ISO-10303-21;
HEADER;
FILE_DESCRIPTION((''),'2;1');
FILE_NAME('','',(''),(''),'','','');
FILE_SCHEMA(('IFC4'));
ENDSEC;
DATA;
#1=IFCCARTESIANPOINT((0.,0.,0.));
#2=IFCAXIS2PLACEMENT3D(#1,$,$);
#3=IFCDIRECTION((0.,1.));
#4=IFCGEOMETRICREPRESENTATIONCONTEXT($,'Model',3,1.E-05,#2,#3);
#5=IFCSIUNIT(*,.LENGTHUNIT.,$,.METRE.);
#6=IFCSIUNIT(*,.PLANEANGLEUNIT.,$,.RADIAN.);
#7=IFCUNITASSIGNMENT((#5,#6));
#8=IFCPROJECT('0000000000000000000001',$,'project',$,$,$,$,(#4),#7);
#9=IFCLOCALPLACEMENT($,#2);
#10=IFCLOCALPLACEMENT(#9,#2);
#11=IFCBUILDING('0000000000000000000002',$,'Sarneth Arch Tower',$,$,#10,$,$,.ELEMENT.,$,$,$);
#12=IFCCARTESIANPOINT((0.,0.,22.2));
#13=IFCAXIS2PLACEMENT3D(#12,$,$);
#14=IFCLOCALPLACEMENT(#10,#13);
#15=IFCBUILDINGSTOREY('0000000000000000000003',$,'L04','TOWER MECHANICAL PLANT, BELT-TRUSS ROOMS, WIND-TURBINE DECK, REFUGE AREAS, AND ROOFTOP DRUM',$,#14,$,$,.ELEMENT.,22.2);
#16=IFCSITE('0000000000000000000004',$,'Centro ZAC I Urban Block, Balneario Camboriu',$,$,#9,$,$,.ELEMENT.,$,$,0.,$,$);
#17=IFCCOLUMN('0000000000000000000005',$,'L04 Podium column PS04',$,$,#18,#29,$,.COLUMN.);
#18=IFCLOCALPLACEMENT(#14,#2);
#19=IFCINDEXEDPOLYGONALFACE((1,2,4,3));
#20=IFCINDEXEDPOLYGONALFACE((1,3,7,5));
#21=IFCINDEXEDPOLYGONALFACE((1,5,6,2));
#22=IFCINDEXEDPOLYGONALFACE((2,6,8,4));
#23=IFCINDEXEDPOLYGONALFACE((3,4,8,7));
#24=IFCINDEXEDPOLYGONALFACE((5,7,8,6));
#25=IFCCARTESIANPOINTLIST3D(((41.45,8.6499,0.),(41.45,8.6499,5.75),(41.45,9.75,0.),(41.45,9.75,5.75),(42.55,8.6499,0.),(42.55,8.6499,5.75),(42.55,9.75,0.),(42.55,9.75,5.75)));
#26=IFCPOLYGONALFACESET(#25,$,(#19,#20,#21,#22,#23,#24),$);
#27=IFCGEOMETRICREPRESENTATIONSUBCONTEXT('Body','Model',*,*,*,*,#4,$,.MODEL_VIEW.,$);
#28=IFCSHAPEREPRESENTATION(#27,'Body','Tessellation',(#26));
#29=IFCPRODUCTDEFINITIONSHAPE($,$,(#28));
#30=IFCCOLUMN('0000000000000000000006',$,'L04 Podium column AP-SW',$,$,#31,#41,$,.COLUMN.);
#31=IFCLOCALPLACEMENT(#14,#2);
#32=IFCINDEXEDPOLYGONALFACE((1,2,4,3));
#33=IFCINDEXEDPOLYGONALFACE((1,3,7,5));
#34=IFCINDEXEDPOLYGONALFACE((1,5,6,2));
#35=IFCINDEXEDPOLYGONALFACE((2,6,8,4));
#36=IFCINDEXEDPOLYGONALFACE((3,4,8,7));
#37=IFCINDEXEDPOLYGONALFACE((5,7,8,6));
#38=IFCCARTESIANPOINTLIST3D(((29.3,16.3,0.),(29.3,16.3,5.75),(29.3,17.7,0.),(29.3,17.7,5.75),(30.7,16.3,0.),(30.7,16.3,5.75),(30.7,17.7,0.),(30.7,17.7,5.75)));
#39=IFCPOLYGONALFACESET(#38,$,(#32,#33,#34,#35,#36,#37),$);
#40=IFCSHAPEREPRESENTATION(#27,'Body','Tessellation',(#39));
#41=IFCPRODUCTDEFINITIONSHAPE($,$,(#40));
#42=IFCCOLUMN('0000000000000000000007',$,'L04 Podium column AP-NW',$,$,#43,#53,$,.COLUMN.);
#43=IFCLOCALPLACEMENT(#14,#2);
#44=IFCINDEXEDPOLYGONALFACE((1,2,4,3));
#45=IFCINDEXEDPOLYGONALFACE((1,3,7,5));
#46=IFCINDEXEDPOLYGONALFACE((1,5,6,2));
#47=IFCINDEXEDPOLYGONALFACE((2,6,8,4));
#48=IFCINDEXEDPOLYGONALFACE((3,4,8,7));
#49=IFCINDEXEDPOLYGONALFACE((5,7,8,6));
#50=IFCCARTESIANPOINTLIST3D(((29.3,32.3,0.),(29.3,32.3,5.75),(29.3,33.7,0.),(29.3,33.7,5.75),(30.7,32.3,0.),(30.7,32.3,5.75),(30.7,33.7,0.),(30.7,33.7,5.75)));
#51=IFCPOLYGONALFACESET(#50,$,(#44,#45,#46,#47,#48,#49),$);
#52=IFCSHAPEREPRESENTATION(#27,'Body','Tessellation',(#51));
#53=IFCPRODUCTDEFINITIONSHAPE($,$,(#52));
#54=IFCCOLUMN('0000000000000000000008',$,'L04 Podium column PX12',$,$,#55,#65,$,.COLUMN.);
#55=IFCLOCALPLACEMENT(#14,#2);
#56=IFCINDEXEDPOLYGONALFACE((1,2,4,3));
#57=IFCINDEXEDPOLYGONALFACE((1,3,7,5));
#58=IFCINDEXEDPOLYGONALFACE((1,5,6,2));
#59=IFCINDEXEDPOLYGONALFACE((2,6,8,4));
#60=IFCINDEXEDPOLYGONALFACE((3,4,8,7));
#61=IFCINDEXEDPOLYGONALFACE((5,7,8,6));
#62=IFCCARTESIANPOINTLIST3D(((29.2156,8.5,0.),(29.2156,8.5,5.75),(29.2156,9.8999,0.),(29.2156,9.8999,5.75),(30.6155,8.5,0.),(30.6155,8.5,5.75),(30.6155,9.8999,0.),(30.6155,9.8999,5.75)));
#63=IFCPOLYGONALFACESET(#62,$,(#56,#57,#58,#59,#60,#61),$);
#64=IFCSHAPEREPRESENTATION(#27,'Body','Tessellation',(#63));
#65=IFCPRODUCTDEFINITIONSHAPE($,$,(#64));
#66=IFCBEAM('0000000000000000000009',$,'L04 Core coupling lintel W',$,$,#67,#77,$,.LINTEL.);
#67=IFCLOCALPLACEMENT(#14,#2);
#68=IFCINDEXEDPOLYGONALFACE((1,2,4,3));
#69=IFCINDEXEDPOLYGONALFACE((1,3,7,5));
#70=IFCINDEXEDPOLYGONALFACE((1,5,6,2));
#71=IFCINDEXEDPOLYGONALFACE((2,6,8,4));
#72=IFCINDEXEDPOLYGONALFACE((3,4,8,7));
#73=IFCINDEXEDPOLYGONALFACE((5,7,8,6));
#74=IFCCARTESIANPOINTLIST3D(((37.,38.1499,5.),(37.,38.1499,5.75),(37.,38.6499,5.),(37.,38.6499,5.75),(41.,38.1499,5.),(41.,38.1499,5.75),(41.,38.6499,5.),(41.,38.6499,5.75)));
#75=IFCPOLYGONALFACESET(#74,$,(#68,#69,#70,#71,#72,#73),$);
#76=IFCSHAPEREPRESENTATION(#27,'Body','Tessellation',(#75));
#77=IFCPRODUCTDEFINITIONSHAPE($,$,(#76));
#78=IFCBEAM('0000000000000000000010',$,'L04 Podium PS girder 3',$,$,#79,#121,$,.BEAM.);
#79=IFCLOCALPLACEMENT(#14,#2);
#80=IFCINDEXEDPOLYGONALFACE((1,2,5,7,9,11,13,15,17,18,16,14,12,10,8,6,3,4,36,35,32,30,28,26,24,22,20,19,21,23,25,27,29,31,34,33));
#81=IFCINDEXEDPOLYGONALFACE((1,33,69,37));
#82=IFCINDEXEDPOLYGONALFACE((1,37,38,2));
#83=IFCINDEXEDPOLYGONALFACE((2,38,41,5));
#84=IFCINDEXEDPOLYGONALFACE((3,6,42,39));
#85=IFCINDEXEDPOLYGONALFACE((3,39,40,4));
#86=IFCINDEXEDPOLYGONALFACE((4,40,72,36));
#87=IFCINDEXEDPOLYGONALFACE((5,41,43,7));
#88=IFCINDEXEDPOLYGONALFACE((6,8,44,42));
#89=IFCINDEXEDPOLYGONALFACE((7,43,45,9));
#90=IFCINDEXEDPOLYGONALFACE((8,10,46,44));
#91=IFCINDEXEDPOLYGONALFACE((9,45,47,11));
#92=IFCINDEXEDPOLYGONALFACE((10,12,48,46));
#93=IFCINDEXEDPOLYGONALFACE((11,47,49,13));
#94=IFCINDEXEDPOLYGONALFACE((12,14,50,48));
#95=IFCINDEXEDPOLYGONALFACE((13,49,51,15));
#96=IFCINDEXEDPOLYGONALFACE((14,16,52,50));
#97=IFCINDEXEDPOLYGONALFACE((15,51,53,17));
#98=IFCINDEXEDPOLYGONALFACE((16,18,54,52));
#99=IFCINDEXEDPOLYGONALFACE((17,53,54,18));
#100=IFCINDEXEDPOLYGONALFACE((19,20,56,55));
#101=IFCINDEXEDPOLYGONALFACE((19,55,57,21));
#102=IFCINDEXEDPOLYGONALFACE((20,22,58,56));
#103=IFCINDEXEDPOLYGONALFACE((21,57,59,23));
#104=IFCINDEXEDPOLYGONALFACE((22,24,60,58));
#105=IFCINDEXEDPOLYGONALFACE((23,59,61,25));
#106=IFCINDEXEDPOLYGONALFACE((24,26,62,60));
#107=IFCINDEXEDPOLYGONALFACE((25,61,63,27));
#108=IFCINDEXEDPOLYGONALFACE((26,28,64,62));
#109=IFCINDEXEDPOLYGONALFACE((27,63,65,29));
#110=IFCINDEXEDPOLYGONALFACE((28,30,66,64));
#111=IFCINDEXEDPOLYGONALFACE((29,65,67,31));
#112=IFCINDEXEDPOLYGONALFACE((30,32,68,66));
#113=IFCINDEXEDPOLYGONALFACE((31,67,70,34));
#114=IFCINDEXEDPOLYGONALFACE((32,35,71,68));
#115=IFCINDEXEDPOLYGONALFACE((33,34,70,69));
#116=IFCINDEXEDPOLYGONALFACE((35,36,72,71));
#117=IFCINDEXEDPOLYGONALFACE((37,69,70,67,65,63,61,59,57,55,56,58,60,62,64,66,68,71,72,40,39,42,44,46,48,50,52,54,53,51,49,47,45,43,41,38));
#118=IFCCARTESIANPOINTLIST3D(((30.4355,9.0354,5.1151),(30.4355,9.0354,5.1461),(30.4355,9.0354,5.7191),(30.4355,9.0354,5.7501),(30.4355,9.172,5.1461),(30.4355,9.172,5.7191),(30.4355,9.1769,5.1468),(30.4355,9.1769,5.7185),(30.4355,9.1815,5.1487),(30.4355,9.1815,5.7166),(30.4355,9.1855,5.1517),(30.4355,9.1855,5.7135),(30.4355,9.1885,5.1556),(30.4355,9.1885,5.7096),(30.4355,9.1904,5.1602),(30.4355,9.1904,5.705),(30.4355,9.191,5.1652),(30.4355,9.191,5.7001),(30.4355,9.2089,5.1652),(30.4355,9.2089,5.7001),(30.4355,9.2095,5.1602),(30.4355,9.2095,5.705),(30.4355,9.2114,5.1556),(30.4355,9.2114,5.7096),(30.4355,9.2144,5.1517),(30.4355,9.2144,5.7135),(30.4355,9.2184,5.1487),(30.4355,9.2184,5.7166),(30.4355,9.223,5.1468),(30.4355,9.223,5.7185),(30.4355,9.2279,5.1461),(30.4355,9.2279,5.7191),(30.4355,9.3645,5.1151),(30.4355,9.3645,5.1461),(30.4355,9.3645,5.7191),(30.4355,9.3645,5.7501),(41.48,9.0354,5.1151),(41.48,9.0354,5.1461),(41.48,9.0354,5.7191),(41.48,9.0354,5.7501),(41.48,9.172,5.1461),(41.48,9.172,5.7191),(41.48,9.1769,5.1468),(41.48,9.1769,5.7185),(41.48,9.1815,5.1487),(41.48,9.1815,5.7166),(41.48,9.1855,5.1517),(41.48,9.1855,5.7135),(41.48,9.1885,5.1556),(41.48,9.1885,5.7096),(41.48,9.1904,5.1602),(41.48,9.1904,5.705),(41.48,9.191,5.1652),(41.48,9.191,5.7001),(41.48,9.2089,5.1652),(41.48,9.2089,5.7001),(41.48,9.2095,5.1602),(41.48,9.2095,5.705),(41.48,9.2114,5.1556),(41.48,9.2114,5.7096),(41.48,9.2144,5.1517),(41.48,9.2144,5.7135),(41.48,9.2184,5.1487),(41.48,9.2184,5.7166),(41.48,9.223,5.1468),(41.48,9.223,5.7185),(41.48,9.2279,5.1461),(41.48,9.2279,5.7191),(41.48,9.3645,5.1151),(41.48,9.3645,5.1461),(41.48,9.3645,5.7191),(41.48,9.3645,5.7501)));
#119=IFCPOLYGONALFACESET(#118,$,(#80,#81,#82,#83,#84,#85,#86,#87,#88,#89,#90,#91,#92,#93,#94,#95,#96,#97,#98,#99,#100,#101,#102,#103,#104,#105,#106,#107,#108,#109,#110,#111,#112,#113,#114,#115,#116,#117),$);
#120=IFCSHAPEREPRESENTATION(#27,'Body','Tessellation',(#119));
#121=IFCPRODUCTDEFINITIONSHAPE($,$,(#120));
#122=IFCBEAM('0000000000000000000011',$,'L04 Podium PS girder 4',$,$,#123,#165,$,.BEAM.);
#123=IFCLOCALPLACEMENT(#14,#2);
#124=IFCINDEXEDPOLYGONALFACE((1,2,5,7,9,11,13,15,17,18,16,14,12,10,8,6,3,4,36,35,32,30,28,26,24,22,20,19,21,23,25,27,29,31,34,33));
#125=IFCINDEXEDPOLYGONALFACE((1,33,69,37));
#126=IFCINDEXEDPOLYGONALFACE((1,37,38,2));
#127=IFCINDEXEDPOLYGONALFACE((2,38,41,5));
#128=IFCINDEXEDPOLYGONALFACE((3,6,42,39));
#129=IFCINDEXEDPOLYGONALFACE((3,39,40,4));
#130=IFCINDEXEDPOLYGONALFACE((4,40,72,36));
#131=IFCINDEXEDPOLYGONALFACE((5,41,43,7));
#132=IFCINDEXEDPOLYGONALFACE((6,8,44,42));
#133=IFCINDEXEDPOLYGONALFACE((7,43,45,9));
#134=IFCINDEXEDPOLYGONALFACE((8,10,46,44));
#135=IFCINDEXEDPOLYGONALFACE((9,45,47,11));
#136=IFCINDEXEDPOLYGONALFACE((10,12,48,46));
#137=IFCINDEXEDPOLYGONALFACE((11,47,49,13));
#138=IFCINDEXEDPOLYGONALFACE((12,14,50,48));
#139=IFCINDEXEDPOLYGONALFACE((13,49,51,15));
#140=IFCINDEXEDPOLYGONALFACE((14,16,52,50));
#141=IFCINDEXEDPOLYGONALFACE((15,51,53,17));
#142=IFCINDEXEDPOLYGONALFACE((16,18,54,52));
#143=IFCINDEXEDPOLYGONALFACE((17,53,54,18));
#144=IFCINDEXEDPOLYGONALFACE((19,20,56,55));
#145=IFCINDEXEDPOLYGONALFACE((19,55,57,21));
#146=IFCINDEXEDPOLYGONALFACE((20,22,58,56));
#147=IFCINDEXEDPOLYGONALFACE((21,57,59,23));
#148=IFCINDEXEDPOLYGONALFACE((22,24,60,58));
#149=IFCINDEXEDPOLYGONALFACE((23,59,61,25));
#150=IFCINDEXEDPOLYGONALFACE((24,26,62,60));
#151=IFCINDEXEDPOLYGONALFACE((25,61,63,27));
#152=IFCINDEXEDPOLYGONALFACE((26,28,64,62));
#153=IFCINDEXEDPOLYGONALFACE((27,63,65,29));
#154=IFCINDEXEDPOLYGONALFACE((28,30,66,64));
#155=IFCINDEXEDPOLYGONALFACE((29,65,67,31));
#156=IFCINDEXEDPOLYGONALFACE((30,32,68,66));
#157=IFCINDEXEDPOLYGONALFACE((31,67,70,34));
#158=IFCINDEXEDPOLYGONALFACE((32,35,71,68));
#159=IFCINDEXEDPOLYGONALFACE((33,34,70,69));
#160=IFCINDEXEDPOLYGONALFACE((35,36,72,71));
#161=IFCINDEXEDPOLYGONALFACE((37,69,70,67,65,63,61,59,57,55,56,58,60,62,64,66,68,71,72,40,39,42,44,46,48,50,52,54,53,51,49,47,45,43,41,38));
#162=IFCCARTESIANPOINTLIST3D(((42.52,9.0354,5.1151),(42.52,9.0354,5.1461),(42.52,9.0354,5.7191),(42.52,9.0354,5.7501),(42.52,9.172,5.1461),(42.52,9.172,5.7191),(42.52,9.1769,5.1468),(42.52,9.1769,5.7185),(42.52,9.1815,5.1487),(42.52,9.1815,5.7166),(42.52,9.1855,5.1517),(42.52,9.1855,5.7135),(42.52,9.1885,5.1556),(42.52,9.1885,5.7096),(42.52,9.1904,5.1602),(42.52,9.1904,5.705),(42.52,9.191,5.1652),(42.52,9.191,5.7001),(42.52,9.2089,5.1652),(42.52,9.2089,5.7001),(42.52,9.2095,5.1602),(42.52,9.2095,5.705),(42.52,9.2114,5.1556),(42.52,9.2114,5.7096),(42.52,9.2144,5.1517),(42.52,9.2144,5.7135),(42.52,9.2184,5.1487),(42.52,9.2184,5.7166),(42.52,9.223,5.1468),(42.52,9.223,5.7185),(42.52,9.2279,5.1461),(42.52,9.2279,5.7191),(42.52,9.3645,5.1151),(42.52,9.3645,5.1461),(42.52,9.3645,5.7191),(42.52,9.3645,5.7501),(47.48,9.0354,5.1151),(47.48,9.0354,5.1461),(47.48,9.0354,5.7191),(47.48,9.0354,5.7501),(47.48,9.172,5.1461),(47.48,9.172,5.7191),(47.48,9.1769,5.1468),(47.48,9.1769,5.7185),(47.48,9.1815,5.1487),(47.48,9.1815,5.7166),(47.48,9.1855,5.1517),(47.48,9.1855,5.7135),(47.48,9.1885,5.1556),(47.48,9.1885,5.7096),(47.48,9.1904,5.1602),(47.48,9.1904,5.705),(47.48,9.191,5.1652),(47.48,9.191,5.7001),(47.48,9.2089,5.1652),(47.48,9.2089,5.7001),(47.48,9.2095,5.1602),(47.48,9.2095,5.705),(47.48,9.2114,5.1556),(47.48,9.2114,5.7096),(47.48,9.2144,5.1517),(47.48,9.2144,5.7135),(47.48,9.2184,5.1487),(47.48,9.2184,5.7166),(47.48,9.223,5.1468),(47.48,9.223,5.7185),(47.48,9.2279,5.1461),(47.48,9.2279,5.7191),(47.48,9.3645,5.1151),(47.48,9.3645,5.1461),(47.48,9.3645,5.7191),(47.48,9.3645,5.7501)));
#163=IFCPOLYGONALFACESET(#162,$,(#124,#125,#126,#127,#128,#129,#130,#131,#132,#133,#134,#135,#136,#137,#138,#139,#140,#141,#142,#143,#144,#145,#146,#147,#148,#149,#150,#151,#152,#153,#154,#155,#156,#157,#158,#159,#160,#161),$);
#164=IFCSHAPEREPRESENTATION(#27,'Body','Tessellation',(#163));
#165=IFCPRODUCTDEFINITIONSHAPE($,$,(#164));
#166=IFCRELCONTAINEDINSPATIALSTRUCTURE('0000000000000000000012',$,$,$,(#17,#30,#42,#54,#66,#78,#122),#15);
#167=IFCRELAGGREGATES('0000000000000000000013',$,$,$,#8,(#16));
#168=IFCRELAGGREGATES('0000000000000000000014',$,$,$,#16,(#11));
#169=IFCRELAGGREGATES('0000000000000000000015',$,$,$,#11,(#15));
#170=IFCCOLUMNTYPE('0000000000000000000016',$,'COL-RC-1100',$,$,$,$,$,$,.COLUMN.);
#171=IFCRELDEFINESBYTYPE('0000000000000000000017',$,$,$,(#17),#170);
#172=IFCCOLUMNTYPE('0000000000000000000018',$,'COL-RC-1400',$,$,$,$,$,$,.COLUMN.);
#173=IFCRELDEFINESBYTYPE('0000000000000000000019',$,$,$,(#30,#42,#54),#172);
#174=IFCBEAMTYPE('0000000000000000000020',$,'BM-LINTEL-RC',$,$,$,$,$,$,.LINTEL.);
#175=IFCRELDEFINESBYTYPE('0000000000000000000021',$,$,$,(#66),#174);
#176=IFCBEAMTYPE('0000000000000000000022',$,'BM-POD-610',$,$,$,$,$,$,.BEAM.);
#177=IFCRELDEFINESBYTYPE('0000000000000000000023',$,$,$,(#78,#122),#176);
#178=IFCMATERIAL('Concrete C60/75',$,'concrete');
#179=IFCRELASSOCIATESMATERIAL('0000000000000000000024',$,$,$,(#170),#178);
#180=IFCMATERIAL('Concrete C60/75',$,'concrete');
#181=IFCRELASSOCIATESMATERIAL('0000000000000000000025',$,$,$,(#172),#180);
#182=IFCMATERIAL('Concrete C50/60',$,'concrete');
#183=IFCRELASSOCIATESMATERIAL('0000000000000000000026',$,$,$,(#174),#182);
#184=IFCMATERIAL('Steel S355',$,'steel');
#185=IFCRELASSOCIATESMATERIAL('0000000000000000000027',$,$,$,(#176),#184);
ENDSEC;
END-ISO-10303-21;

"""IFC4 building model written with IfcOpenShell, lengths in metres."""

from ifc_helpers import new_model, si_unit, direction, frame, origin, origin_2d, place, context, subcontext, project, spatial, rectangle, i_section, extrude, material, material_profile, profile_set, type_object, element, save


model = new_model("IFC4")

# Units and contexts
model_context = context("Model", 3, precision=1e-05, world=origin(), true_north=direction((0.0, 1.0)))
body_context = subcontext(model_context, "Body", "Model", "MODEL_VIEW")
ifc_project = project(units=[si_unit("LENGTHUNIT", "METRE"), si_unit("PLANEANGLEUNIT", "RADIAN")], contexts=[model_context])

# Site, building, storey
site_placement = place(None, origin())
site = spatial("IfcSite", under=ifc_project, at=site_placement, Name="Centro ZAC I Urban Block, Balneario Camboriu", CompositionType="ELEMENT", RefElevation=0.0)
building_placement = place(site_placement, origin())
building = spatial("IfcBuilding", under=site, at=building_placement, Name="Sarneth Arch Tower", CompositionType="ELEMENT")
storey_placement = place(building_placement, frame((0.0, 0.0, 22.2)))
storey = spatial("IfcBuildingStorey", under=building, at=storey_placement, Name="L04", Description="TOWER MECHANICAL PLANT, BELT-TRUSS ROOMS, WIND-TURBINE DECK, REFUGE AREAS, AND ROOFTOP DRUM", CompositionType="ELEMENT", Elevation=22.2)

# Columns
ifc_material_1 = material(Name="Concrete C60/75", Category="concrete")
ifc_material_profile_1 = material_profile(ifc_material_1, rectangle(XDim=1.1001, YDim=1.1001, at=origin_2d()), Name="RC-1100x1100")
ifc_profile_set_1 = profile_set([ifc_material_profile_1], Name="Concrete C60/75")
column_type_1 = type_object("IfcColumnType", Name="COL-RC-1100", PredefinedType="COLUMN", material=ifc_profile_set_1)
column_placement = place(storey_placement, frame((42.0, 9.2, 0.0), z_axis=(0.0, 0.0, 1.0), x_axis=(1.0, 0.0, 0.0)))
element("IfcColumn", 1, at=column_placement, inside=storey, type_object=column_type_1, Name="L04 Podium column PS04", PredefinedType="COLUMN", context=body_context, shape_type="SweptSolid", body=[
    extrude(rectangle(XDim=1.1001, YDim=1.1001, at=origin_2d()), origin(), (0.0, 0.0, 1.0), 5.75),
])
ifc_material_2 = material(Name="Concrete C60/75", Category="concrete")
ifc_material_profile_2 = material_profile(ifc_material_2, rectangle(XDim=1.3999, YDim=1.3999, at=origin_2d()), Name="RC-1400x1400")
ifc_profile_set_2 = profile_set([ifc_material_profile_2], Name="Concrete C60/75")
column_type_2 = type_object("IfcColumnType", Name="COL-RC-1400", PredefinedType="COLUMN", material=ifc_profile_set_2)
for number, where, z_axis, x_axis, name in (
    (2, (30.0, 17.0, 0.0), (0.0, 0.0, 1.0), (1.0, 0.0, 0.0), "L04 Podium column AP-SW"),
    (3, (30.0, 33.0, 0.0), (0.0, 0.0, 1.0), (1.0, 0.0, 0.0), "L04 Podium column AP-NW"),
    (4, (29.9155, 9.2, 0.0), (0.0, 0.0, 1.0), (1.0, 0.0, 0.0), "L04 Podium column PX12"),
):
    element("IfcColumn", number, at=place(storey_placement, frame(where, z_axis=z_axis, x_axis=x_axis)), inside=storey, type_object=column_type_2, Name=name, PredefinedType="COLUMN", context=body_context, shape_type="SweptSolid", body=[
        extrude(rectangle(XDim=1.3999, YDim=1.3999, at=origin_2d()), origin(), (0.0, 0.0, 1.0), 5.75),
    ])

# Beams
ifc_material_3 = material(Name="Concrete C50/60", Category="concrete")
ifc_material_profile_3 = material_profile(ifc_material_3, rectangle(XDim=0.5, YDim=0.75, at=origin_2d()), Name="RC-500x750")
ifc_profile_set_3 = profile_set([ifc_material_profile_3], Name="Concrete C50/60")
beam_type_1 = type_object("IfcBeamType", Name="BM-LINTEL-RC", PredefinedType="LINTEL", material=ifc_profile_set_3)
beam_1_placement = place(storey_placement, frame((37.0, 38.3999, 5.375), z_axis=(1.0, 0.0, 0.0), x_axis=(0.0, 1.0, 0.0)))
element("IfcBeam", 5, at=beam_1_placement, inside=storey, type_object=beam_type_1, Name="L04 Core coupling lintel W", PredefinedType="LINTEL", context=body_context, shape_type="SweptSolid", body=[
    extrude(rectangle(XDim=0.5, YDim=0.75, at=origin_2d()), origin(), (0.0, 0.0, 1.0), 4.0),
])
ifc_material_4 = material(Name="Steel S355", Category="steel")
ifc_material_profile_4 = material_profile(ifc_material_4, i_section(OverallWidth=0.3291, OverallDepth=0.635, WebThickness=0.0178, FlangeThickness=0.031, FilletRadius=0.019, at=origin_2d()), Name="W610x241")
ifc_profile_set_4 = profile_set([ifc_material_profile_4], Name="Steel S355")
beam_type_2 = type_object("IfcBeamType", Name="BM-POD-610", PredefinedType="BEAM", material=ifc_profile_set_4)
beam_2_placement = place(storey_placement, frame((30.4355, 9.2, 5.4326), z_axis=(1.0, 0.0, 0.0), x_axis=(0.0, 1.0, 0.0)))
element("IfcBeam", 6, at=beam_2_placement, inside=storey, type_object=beam_type_2, Name="L04 Podium PS girder 3", PredefinedType="BEAM", context=body_context, shape_type="SweptSolid", body=[
    extrude(i_section(OverallWidth=0.3291, OverallDepth=0.635, WebThickness=0.0178, FlangeThickness=0.031, FilletRadius=0.019, at=origin_2d()), origin(), (0.0, 0.0, 1.0), 11.0444),
])
beam_3_placement = place(storey_placement, frame((42.52, 9.2, 5.4326), z_axis=(1.0, 0.0, 0.0), x_axis=(0.0, 1.0, 0.0)))
element("IfcBeam", 7, at=beam_3_placement, inside=storey, type_object=beam_type_2, Name="L04 Podium PS girder 4", PredefinedType="BEAM", context=body_context, shape_type="SweptSolid", body=[
    extrude(i_section(OverallWidth=0.3291, OverallDepth=0.635, WebThickness=0.0178, FlangeThickness=0.031, FilletRadius=0.019, at=origin_2d()), origin(), (0.0, 0.0, 1.0), 4.96),
])

save(model, "model.ifc")
